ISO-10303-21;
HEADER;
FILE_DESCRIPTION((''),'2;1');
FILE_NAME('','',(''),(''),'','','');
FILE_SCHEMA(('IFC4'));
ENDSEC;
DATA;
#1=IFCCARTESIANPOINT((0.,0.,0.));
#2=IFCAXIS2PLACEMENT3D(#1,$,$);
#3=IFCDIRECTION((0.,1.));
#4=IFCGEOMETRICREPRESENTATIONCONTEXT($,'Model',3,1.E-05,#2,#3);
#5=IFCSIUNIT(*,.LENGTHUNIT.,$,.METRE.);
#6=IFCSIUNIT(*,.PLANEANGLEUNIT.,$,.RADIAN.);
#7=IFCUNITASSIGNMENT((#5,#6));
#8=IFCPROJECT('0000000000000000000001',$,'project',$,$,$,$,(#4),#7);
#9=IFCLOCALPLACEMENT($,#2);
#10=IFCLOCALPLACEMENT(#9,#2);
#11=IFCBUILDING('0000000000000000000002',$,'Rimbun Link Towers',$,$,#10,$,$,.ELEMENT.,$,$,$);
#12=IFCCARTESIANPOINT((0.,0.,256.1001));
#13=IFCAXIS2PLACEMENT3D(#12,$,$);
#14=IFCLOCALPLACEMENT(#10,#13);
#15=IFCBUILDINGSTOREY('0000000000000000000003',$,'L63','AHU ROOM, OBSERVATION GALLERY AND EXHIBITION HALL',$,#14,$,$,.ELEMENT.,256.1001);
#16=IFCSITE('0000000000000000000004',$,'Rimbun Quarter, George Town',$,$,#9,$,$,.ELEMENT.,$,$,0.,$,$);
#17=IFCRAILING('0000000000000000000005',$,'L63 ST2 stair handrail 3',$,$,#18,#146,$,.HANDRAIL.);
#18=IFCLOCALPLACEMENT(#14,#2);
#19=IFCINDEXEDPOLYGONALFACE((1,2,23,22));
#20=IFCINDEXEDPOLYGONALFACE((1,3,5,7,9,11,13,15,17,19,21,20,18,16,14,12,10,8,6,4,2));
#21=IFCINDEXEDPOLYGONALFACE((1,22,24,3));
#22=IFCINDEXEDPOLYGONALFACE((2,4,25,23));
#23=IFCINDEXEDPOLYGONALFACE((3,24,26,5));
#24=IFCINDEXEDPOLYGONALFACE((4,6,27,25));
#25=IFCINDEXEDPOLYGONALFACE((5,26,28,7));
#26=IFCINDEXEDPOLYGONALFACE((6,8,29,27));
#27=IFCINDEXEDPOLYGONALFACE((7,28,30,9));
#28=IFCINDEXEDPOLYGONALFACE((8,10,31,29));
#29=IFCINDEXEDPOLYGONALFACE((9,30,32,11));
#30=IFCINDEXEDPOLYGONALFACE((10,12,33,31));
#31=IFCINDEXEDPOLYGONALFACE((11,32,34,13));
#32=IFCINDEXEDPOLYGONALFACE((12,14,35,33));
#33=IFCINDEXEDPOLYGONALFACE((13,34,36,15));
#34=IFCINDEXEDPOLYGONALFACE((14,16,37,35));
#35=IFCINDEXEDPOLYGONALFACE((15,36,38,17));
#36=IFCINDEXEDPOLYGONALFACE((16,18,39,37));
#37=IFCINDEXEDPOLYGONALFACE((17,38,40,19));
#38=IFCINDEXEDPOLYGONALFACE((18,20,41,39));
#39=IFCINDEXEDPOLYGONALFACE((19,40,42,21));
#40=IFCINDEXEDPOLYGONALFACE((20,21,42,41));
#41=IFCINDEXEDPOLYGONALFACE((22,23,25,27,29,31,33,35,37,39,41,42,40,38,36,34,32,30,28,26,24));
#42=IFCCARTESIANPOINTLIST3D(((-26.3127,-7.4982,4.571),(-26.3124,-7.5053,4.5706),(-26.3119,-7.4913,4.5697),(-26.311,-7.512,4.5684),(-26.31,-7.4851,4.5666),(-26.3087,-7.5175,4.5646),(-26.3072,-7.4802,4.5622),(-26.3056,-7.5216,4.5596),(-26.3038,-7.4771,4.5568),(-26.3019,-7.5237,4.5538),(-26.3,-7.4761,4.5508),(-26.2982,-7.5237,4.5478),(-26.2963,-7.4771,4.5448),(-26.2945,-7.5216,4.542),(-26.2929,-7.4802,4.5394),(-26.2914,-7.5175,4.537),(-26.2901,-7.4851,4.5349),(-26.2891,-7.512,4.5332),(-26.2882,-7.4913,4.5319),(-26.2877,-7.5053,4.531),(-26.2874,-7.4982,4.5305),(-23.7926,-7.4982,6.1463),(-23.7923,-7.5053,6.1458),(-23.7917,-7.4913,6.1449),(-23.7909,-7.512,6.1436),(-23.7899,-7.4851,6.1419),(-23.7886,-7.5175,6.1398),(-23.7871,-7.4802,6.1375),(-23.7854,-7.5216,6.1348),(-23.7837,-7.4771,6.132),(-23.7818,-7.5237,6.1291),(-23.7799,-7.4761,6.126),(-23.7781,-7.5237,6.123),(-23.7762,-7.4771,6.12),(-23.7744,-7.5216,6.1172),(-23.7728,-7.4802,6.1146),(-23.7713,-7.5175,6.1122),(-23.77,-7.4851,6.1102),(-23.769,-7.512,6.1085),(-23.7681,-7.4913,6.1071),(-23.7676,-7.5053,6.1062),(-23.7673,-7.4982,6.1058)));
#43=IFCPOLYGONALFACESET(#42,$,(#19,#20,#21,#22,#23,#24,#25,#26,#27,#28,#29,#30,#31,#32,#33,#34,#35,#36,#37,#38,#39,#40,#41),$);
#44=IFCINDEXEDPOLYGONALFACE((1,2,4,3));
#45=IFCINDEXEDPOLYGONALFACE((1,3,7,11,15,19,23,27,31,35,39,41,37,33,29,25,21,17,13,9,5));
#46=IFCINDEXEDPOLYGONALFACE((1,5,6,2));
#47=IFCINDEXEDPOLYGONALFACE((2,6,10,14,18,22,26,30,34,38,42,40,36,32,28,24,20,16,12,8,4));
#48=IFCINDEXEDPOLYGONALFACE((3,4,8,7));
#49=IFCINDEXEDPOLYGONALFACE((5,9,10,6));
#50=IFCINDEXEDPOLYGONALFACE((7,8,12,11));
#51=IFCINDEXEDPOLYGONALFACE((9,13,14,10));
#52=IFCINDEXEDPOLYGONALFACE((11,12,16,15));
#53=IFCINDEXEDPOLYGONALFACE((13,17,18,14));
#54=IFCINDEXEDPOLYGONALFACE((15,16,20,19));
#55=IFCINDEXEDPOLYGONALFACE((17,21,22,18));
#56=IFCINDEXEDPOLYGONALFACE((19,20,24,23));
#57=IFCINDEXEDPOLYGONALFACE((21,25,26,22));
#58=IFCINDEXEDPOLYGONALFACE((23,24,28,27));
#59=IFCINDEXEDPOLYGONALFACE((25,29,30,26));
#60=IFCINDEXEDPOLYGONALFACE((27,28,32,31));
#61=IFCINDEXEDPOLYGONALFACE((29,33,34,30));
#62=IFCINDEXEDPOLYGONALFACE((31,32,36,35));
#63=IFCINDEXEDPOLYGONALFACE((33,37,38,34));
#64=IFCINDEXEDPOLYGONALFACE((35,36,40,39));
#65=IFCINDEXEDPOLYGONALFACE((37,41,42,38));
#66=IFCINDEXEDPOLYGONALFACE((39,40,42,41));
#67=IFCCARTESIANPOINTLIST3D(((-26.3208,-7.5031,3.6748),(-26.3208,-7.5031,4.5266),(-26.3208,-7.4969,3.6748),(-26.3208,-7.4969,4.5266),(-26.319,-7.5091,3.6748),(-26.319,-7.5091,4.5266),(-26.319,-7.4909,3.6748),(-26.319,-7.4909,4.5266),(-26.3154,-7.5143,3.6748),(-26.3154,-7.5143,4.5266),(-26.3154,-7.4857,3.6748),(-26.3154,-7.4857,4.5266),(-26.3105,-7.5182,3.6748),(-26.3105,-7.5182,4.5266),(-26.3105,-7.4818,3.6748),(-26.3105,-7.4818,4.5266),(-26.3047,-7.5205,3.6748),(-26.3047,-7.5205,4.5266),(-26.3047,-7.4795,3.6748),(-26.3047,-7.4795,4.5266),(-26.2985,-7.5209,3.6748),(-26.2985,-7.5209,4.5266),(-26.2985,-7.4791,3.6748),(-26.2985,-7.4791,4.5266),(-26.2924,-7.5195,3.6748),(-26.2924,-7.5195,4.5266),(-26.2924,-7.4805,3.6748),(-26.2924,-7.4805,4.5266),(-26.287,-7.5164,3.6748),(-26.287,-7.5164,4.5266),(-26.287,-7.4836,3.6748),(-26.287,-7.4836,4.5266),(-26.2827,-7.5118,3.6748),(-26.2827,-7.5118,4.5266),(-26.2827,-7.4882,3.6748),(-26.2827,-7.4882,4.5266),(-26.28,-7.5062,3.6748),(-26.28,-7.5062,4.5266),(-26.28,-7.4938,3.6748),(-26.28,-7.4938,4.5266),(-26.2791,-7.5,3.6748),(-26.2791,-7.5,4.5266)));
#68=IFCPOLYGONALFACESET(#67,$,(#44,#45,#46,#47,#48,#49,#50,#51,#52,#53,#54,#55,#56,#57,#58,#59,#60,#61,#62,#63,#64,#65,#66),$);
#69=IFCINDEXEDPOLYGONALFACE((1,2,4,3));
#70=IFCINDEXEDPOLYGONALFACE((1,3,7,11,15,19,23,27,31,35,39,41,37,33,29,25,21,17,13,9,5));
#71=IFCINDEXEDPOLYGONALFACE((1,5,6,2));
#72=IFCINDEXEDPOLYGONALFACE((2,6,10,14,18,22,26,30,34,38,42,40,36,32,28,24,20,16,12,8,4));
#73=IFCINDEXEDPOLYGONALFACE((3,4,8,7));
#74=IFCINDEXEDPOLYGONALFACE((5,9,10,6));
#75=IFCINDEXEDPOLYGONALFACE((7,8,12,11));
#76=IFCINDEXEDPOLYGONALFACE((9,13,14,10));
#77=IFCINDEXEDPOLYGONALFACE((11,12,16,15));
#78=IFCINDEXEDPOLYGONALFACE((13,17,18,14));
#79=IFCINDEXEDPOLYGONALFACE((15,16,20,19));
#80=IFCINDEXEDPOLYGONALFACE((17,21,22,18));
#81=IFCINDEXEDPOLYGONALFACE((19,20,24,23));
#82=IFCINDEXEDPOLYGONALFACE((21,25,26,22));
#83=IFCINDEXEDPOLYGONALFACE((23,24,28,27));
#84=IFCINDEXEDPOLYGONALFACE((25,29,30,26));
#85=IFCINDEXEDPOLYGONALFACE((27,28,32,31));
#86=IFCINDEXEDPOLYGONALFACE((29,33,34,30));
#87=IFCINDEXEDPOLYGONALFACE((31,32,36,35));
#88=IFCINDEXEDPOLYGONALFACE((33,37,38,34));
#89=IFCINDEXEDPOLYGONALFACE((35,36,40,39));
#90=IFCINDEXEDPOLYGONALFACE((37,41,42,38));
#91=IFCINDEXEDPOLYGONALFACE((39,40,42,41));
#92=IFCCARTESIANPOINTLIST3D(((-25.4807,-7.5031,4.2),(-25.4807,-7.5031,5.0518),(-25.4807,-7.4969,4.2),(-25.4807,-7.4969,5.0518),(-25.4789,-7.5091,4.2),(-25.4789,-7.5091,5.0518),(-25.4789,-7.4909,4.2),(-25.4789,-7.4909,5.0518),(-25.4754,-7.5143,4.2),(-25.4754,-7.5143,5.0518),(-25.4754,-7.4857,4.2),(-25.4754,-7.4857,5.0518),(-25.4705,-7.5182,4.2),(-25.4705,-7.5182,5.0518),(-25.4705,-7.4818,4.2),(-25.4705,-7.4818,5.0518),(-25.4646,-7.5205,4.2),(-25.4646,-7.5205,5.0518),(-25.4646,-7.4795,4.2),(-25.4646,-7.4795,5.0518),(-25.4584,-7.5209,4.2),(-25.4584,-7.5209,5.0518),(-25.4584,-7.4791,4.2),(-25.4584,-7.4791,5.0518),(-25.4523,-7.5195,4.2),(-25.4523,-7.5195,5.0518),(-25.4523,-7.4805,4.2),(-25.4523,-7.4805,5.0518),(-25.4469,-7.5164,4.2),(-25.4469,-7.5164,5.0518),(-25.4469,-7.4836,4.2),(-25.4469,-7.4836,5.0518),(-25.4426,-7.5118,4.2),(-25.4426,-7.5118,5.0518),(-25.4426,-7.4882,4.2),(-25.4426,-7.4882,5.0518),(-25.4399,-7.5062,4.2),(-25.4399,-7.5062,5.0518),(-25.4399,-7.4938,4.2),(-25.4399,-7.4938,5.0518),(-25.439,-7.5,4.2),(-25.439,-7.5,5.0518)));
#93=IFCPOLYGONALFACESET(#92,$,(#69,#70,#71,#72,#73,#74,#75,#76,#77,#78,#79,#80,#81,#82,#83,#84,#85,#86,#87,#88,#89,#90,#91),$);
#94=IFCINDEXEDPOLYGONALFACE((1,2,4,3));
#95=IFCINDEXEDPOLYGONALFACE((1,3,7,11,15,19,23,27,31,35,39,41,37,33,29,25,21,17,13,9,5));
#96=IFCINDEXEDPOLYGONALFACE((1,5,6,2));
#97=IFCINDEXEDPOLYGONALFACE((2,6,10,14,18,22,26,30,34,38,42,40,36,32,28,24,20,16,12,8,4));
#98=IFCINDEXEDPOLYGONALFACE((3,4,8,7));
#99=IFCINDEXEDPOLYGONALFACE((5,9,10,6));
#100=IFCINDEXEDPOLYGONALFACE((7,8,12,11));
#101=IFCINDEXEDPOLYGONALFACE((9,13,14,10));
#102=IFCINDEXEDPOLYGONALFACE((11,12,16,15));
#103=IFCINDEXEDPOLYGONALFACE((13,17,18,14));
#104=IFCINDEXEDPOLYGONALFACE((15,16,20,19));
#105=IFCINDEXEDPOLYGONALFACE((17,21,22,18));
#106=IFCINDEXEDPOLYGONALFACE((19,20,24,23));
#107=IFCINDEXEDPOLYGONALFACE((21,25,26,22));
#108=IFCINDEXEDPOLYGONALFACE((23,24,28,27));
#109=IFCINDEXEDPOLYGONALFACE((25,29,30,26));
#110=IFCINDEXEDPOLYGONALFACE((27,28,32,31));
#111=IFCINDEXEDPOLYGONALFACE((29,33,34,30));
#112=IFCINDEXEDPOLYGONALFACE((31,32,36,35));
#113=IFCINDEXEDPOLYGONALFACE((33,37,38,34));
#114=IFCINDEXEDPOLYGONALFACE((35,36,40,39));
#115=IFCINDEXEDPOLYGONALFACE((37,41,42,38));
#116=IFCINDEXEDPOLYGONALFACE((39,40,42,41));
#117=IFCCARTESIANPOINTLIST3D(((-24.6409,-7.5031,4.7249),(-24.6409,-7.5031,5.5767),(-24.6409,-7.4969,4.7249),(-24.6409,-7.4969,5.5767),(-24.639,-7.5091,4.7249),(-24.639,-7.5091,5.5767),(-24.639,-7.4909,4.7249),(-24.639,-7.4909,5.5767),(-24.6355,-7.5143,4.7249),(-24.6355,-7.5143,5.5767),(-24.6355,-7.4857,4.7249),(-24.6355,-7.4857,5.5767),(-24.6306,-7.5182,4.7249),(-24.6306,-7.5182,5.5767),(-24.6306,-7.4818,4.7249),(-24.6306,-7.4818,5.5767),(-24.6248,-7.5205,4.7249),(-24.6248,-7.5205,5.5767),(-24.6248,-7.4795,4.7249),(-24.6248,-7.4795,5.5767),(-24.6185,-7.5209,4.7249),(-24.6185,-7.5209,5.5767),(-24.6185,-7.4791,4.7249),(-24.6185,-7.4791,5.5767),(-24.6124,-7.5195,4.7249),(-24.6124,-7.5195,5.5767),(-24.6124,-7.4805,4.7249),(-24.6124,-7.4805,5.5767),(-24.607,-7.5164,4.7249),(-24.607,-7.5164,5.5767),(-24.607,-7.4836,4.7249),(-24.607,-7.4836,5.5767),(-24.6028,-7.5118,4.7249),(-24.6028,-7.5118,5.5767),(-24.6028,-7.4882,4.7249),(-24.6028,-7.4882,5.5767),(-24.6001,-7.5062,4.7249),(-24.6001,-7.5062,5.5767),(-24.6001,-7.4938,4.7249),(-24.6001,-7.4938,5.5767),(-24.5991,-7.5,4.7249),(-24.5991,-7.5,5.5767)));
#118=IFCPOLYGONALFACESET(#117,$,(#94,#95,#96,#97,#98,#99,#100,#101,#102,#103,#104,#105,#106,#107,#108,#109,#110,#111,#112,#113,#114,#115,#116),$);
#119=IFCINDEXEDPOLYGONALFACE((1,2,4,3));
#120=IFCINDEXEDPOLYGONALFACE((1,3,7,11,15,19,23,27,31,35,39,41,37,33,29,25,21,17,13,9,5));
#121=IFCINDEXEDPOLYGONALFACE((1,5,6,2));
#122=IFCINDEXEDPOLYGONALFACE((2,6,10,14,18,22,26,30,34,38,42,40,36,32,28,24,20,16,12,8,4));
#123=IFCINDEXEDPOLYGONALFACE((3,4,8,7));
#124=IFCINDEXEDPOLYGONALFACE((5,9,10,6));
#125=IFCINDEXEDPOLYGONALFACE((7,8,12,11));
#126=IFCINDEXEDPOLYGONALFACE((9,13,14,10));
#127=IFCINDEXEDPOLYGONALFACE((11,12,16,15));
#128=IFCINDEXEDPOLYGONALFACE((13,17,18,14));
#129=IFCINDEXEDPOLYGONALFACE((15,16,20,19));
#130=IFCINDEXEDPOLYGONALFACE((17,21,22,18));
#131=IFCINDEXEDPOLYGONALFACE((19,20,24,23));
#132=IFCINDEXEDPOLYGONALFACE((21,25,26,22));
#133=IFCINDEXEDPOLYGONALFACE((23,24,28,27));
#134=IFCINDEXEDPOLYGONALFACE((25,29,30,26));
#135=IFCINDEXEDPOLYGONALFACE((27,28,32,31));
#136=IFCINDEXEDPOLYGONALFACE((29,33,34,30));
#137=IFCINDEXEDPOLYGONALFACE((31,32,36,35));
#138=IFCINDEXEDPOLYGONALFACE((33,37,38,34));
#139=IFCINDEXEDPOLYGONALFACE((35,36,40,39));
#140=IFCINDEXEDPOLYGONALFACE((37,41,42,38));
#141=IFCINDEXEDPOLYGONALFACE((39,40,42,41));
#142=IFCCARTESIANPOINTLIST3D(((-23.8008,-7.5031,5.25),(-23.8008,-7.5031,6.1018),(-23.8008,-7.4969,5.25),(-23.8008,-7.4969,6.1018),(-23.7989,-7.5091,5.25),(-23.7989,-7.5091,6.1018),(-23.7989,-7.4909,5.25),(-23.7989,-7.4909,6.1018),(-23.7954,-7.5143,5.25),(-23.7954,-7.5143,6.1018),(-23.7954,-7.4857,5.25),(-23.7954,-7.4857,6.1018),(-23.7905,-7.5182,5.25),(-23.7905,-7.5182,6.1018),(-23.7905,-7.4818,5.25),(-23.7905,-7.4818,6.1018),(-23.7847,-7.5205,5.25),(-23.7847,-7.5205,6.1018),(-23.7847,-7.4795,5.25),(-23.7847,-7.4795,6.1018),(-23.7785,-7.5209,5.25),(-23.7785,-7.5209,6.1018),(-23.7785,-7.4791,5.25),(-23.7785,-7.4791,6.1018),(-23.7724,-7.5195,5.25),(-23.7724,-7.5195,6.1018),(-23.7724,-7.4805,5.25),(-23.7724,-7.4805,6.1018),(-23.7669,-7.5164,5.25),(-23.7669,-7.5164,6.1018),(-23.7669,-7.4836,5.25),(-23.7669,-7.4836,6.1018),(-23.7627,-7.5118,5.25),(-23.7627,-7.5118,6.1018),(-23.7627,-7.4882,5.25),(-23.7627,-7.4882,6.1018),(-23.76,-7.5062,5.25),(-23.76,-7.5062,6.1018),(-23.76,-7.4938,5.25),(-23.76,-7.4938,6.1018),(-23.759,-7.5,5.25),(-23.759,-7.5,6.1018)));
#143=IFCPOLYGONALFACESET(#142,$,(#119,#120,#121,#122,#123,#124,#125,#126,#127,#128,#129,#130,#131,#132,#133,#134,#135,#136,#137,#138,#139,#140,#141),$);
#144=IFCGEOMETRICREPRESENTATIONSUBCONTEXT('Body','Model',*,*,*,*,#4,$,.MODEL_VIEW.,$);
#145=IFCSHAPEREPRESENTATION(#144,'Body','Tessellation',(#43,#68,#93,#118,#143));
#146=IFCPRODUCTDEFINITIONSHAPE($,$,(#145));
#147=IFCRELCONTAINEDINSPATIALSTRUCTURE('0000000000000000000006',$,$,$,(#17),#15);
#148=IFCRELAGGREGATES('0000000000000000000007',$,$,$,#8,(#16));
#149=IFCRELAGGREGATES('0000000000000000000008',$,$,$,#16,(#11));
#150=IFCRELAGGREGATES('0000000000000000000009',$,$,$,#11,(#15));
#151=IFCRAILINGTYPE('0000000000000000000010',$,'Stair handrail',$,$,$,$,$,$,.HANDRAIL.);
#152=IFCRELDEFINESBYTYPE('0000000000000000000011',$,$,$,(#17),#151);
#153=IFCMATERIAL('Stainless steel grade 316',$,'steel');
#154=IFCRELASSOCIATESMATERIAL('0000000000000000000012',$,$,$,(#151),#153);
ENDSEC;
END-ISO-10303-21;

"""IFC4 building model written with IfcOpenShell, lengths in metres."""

from ifc_helpers import new_model, si_unit, direction, frame, origin, origin_2d, place, context, subcontext, project, spatial, circle, extrude, material, type_object, element, save


model = new_model("IFC4")

# Units and contexts
model_context = context("Model", 3, precision=1e-05, world=origin(), true_north=direction((0.0, 1.0)))
body_context = subcontext(model_context, "Body", "Model", "MODEL_VIEW")
ifc_project = project(units=[si_unit("LENGTHUNIT", "METRE"), si_unit("PLANEANGLEUNIT", "RADIAN")], contexts=[model_context])

# Site, building, storey
site_placement = place(None, origin())
site = spatial("IfcSite", under=ifc_project, at=site_placement, Name="Rimbun Quarter, George Town", CompositionType="ELEMENT", RefElevation=0.0)
building_placement = place(site_placement, origin())
building = spatial("IfcBuilding", under=site, at=building_placement, Name="Rimbun Link Towers", CompositionType="ELEMENT")
storey_placement = place(building_placement, frame((0.0, 0.0, 256.1001)))
storey = spatial("IfcBuildingStorey", under=building, at=storey_placement, Name="L63", Description="AHU ROOM, OBSERVATION GALLERY AND EXHIBITION HALL", CompositionType="ELEMENT", Elevation=256.1001)

# Railing
ifc_material_1 = material(Name="Stainless steel grade 316", Category="steel")
railing_type_1 = type_object("IfcRailingType", Name="Stair handrail", PredefinedType="HANDRAIL", material=ifc_material_1)
railing_1_placement = place(storey_placement, frame((-26.3, -7.5, 3.6748)))
element("IfcRailing", 1, at=railing_1_placement, inside=storey, type_object=railing_type_1, Name="L63 ST2 stair handrail 3", PredefinedType="HANDRAIL", context=body_context, shape_type="SweptSolid", body=[
    extrude(circle(Radius=0.0239, at=origin_2d()), frame((0.0, 0.0, 0.876), z_axis=(0.847971, 0.0, 0.530043), x_axis=(0.0, 1.0, 0.0)), (0.0, 0.0, 1.0), 2.9719),
    extrude(circle(Radius=0.021, at=origin_2d()), origin(), (0.0, 0.0, 1.0), 0.8518),
    extrude(circle(Radius=0.021, at=origin_2d()), frame((0.8401, 0.0, 0.5251)), (0.0, 0.0, 1.0), 0.8518),
    extrude(circle(Radius=0.021, at=origin_2d()), frame((1.6799, 0.0, 1.05)), (0.0, 0.0, 1.0), 0.8518),
    extrude(circle(Radius=0.021, at=origin_2d()), frame((2.52, 0.0, 1.5752)), (0.0, 0.0, 1.0), 0.8518),
])

save(model, "model.ifc")
